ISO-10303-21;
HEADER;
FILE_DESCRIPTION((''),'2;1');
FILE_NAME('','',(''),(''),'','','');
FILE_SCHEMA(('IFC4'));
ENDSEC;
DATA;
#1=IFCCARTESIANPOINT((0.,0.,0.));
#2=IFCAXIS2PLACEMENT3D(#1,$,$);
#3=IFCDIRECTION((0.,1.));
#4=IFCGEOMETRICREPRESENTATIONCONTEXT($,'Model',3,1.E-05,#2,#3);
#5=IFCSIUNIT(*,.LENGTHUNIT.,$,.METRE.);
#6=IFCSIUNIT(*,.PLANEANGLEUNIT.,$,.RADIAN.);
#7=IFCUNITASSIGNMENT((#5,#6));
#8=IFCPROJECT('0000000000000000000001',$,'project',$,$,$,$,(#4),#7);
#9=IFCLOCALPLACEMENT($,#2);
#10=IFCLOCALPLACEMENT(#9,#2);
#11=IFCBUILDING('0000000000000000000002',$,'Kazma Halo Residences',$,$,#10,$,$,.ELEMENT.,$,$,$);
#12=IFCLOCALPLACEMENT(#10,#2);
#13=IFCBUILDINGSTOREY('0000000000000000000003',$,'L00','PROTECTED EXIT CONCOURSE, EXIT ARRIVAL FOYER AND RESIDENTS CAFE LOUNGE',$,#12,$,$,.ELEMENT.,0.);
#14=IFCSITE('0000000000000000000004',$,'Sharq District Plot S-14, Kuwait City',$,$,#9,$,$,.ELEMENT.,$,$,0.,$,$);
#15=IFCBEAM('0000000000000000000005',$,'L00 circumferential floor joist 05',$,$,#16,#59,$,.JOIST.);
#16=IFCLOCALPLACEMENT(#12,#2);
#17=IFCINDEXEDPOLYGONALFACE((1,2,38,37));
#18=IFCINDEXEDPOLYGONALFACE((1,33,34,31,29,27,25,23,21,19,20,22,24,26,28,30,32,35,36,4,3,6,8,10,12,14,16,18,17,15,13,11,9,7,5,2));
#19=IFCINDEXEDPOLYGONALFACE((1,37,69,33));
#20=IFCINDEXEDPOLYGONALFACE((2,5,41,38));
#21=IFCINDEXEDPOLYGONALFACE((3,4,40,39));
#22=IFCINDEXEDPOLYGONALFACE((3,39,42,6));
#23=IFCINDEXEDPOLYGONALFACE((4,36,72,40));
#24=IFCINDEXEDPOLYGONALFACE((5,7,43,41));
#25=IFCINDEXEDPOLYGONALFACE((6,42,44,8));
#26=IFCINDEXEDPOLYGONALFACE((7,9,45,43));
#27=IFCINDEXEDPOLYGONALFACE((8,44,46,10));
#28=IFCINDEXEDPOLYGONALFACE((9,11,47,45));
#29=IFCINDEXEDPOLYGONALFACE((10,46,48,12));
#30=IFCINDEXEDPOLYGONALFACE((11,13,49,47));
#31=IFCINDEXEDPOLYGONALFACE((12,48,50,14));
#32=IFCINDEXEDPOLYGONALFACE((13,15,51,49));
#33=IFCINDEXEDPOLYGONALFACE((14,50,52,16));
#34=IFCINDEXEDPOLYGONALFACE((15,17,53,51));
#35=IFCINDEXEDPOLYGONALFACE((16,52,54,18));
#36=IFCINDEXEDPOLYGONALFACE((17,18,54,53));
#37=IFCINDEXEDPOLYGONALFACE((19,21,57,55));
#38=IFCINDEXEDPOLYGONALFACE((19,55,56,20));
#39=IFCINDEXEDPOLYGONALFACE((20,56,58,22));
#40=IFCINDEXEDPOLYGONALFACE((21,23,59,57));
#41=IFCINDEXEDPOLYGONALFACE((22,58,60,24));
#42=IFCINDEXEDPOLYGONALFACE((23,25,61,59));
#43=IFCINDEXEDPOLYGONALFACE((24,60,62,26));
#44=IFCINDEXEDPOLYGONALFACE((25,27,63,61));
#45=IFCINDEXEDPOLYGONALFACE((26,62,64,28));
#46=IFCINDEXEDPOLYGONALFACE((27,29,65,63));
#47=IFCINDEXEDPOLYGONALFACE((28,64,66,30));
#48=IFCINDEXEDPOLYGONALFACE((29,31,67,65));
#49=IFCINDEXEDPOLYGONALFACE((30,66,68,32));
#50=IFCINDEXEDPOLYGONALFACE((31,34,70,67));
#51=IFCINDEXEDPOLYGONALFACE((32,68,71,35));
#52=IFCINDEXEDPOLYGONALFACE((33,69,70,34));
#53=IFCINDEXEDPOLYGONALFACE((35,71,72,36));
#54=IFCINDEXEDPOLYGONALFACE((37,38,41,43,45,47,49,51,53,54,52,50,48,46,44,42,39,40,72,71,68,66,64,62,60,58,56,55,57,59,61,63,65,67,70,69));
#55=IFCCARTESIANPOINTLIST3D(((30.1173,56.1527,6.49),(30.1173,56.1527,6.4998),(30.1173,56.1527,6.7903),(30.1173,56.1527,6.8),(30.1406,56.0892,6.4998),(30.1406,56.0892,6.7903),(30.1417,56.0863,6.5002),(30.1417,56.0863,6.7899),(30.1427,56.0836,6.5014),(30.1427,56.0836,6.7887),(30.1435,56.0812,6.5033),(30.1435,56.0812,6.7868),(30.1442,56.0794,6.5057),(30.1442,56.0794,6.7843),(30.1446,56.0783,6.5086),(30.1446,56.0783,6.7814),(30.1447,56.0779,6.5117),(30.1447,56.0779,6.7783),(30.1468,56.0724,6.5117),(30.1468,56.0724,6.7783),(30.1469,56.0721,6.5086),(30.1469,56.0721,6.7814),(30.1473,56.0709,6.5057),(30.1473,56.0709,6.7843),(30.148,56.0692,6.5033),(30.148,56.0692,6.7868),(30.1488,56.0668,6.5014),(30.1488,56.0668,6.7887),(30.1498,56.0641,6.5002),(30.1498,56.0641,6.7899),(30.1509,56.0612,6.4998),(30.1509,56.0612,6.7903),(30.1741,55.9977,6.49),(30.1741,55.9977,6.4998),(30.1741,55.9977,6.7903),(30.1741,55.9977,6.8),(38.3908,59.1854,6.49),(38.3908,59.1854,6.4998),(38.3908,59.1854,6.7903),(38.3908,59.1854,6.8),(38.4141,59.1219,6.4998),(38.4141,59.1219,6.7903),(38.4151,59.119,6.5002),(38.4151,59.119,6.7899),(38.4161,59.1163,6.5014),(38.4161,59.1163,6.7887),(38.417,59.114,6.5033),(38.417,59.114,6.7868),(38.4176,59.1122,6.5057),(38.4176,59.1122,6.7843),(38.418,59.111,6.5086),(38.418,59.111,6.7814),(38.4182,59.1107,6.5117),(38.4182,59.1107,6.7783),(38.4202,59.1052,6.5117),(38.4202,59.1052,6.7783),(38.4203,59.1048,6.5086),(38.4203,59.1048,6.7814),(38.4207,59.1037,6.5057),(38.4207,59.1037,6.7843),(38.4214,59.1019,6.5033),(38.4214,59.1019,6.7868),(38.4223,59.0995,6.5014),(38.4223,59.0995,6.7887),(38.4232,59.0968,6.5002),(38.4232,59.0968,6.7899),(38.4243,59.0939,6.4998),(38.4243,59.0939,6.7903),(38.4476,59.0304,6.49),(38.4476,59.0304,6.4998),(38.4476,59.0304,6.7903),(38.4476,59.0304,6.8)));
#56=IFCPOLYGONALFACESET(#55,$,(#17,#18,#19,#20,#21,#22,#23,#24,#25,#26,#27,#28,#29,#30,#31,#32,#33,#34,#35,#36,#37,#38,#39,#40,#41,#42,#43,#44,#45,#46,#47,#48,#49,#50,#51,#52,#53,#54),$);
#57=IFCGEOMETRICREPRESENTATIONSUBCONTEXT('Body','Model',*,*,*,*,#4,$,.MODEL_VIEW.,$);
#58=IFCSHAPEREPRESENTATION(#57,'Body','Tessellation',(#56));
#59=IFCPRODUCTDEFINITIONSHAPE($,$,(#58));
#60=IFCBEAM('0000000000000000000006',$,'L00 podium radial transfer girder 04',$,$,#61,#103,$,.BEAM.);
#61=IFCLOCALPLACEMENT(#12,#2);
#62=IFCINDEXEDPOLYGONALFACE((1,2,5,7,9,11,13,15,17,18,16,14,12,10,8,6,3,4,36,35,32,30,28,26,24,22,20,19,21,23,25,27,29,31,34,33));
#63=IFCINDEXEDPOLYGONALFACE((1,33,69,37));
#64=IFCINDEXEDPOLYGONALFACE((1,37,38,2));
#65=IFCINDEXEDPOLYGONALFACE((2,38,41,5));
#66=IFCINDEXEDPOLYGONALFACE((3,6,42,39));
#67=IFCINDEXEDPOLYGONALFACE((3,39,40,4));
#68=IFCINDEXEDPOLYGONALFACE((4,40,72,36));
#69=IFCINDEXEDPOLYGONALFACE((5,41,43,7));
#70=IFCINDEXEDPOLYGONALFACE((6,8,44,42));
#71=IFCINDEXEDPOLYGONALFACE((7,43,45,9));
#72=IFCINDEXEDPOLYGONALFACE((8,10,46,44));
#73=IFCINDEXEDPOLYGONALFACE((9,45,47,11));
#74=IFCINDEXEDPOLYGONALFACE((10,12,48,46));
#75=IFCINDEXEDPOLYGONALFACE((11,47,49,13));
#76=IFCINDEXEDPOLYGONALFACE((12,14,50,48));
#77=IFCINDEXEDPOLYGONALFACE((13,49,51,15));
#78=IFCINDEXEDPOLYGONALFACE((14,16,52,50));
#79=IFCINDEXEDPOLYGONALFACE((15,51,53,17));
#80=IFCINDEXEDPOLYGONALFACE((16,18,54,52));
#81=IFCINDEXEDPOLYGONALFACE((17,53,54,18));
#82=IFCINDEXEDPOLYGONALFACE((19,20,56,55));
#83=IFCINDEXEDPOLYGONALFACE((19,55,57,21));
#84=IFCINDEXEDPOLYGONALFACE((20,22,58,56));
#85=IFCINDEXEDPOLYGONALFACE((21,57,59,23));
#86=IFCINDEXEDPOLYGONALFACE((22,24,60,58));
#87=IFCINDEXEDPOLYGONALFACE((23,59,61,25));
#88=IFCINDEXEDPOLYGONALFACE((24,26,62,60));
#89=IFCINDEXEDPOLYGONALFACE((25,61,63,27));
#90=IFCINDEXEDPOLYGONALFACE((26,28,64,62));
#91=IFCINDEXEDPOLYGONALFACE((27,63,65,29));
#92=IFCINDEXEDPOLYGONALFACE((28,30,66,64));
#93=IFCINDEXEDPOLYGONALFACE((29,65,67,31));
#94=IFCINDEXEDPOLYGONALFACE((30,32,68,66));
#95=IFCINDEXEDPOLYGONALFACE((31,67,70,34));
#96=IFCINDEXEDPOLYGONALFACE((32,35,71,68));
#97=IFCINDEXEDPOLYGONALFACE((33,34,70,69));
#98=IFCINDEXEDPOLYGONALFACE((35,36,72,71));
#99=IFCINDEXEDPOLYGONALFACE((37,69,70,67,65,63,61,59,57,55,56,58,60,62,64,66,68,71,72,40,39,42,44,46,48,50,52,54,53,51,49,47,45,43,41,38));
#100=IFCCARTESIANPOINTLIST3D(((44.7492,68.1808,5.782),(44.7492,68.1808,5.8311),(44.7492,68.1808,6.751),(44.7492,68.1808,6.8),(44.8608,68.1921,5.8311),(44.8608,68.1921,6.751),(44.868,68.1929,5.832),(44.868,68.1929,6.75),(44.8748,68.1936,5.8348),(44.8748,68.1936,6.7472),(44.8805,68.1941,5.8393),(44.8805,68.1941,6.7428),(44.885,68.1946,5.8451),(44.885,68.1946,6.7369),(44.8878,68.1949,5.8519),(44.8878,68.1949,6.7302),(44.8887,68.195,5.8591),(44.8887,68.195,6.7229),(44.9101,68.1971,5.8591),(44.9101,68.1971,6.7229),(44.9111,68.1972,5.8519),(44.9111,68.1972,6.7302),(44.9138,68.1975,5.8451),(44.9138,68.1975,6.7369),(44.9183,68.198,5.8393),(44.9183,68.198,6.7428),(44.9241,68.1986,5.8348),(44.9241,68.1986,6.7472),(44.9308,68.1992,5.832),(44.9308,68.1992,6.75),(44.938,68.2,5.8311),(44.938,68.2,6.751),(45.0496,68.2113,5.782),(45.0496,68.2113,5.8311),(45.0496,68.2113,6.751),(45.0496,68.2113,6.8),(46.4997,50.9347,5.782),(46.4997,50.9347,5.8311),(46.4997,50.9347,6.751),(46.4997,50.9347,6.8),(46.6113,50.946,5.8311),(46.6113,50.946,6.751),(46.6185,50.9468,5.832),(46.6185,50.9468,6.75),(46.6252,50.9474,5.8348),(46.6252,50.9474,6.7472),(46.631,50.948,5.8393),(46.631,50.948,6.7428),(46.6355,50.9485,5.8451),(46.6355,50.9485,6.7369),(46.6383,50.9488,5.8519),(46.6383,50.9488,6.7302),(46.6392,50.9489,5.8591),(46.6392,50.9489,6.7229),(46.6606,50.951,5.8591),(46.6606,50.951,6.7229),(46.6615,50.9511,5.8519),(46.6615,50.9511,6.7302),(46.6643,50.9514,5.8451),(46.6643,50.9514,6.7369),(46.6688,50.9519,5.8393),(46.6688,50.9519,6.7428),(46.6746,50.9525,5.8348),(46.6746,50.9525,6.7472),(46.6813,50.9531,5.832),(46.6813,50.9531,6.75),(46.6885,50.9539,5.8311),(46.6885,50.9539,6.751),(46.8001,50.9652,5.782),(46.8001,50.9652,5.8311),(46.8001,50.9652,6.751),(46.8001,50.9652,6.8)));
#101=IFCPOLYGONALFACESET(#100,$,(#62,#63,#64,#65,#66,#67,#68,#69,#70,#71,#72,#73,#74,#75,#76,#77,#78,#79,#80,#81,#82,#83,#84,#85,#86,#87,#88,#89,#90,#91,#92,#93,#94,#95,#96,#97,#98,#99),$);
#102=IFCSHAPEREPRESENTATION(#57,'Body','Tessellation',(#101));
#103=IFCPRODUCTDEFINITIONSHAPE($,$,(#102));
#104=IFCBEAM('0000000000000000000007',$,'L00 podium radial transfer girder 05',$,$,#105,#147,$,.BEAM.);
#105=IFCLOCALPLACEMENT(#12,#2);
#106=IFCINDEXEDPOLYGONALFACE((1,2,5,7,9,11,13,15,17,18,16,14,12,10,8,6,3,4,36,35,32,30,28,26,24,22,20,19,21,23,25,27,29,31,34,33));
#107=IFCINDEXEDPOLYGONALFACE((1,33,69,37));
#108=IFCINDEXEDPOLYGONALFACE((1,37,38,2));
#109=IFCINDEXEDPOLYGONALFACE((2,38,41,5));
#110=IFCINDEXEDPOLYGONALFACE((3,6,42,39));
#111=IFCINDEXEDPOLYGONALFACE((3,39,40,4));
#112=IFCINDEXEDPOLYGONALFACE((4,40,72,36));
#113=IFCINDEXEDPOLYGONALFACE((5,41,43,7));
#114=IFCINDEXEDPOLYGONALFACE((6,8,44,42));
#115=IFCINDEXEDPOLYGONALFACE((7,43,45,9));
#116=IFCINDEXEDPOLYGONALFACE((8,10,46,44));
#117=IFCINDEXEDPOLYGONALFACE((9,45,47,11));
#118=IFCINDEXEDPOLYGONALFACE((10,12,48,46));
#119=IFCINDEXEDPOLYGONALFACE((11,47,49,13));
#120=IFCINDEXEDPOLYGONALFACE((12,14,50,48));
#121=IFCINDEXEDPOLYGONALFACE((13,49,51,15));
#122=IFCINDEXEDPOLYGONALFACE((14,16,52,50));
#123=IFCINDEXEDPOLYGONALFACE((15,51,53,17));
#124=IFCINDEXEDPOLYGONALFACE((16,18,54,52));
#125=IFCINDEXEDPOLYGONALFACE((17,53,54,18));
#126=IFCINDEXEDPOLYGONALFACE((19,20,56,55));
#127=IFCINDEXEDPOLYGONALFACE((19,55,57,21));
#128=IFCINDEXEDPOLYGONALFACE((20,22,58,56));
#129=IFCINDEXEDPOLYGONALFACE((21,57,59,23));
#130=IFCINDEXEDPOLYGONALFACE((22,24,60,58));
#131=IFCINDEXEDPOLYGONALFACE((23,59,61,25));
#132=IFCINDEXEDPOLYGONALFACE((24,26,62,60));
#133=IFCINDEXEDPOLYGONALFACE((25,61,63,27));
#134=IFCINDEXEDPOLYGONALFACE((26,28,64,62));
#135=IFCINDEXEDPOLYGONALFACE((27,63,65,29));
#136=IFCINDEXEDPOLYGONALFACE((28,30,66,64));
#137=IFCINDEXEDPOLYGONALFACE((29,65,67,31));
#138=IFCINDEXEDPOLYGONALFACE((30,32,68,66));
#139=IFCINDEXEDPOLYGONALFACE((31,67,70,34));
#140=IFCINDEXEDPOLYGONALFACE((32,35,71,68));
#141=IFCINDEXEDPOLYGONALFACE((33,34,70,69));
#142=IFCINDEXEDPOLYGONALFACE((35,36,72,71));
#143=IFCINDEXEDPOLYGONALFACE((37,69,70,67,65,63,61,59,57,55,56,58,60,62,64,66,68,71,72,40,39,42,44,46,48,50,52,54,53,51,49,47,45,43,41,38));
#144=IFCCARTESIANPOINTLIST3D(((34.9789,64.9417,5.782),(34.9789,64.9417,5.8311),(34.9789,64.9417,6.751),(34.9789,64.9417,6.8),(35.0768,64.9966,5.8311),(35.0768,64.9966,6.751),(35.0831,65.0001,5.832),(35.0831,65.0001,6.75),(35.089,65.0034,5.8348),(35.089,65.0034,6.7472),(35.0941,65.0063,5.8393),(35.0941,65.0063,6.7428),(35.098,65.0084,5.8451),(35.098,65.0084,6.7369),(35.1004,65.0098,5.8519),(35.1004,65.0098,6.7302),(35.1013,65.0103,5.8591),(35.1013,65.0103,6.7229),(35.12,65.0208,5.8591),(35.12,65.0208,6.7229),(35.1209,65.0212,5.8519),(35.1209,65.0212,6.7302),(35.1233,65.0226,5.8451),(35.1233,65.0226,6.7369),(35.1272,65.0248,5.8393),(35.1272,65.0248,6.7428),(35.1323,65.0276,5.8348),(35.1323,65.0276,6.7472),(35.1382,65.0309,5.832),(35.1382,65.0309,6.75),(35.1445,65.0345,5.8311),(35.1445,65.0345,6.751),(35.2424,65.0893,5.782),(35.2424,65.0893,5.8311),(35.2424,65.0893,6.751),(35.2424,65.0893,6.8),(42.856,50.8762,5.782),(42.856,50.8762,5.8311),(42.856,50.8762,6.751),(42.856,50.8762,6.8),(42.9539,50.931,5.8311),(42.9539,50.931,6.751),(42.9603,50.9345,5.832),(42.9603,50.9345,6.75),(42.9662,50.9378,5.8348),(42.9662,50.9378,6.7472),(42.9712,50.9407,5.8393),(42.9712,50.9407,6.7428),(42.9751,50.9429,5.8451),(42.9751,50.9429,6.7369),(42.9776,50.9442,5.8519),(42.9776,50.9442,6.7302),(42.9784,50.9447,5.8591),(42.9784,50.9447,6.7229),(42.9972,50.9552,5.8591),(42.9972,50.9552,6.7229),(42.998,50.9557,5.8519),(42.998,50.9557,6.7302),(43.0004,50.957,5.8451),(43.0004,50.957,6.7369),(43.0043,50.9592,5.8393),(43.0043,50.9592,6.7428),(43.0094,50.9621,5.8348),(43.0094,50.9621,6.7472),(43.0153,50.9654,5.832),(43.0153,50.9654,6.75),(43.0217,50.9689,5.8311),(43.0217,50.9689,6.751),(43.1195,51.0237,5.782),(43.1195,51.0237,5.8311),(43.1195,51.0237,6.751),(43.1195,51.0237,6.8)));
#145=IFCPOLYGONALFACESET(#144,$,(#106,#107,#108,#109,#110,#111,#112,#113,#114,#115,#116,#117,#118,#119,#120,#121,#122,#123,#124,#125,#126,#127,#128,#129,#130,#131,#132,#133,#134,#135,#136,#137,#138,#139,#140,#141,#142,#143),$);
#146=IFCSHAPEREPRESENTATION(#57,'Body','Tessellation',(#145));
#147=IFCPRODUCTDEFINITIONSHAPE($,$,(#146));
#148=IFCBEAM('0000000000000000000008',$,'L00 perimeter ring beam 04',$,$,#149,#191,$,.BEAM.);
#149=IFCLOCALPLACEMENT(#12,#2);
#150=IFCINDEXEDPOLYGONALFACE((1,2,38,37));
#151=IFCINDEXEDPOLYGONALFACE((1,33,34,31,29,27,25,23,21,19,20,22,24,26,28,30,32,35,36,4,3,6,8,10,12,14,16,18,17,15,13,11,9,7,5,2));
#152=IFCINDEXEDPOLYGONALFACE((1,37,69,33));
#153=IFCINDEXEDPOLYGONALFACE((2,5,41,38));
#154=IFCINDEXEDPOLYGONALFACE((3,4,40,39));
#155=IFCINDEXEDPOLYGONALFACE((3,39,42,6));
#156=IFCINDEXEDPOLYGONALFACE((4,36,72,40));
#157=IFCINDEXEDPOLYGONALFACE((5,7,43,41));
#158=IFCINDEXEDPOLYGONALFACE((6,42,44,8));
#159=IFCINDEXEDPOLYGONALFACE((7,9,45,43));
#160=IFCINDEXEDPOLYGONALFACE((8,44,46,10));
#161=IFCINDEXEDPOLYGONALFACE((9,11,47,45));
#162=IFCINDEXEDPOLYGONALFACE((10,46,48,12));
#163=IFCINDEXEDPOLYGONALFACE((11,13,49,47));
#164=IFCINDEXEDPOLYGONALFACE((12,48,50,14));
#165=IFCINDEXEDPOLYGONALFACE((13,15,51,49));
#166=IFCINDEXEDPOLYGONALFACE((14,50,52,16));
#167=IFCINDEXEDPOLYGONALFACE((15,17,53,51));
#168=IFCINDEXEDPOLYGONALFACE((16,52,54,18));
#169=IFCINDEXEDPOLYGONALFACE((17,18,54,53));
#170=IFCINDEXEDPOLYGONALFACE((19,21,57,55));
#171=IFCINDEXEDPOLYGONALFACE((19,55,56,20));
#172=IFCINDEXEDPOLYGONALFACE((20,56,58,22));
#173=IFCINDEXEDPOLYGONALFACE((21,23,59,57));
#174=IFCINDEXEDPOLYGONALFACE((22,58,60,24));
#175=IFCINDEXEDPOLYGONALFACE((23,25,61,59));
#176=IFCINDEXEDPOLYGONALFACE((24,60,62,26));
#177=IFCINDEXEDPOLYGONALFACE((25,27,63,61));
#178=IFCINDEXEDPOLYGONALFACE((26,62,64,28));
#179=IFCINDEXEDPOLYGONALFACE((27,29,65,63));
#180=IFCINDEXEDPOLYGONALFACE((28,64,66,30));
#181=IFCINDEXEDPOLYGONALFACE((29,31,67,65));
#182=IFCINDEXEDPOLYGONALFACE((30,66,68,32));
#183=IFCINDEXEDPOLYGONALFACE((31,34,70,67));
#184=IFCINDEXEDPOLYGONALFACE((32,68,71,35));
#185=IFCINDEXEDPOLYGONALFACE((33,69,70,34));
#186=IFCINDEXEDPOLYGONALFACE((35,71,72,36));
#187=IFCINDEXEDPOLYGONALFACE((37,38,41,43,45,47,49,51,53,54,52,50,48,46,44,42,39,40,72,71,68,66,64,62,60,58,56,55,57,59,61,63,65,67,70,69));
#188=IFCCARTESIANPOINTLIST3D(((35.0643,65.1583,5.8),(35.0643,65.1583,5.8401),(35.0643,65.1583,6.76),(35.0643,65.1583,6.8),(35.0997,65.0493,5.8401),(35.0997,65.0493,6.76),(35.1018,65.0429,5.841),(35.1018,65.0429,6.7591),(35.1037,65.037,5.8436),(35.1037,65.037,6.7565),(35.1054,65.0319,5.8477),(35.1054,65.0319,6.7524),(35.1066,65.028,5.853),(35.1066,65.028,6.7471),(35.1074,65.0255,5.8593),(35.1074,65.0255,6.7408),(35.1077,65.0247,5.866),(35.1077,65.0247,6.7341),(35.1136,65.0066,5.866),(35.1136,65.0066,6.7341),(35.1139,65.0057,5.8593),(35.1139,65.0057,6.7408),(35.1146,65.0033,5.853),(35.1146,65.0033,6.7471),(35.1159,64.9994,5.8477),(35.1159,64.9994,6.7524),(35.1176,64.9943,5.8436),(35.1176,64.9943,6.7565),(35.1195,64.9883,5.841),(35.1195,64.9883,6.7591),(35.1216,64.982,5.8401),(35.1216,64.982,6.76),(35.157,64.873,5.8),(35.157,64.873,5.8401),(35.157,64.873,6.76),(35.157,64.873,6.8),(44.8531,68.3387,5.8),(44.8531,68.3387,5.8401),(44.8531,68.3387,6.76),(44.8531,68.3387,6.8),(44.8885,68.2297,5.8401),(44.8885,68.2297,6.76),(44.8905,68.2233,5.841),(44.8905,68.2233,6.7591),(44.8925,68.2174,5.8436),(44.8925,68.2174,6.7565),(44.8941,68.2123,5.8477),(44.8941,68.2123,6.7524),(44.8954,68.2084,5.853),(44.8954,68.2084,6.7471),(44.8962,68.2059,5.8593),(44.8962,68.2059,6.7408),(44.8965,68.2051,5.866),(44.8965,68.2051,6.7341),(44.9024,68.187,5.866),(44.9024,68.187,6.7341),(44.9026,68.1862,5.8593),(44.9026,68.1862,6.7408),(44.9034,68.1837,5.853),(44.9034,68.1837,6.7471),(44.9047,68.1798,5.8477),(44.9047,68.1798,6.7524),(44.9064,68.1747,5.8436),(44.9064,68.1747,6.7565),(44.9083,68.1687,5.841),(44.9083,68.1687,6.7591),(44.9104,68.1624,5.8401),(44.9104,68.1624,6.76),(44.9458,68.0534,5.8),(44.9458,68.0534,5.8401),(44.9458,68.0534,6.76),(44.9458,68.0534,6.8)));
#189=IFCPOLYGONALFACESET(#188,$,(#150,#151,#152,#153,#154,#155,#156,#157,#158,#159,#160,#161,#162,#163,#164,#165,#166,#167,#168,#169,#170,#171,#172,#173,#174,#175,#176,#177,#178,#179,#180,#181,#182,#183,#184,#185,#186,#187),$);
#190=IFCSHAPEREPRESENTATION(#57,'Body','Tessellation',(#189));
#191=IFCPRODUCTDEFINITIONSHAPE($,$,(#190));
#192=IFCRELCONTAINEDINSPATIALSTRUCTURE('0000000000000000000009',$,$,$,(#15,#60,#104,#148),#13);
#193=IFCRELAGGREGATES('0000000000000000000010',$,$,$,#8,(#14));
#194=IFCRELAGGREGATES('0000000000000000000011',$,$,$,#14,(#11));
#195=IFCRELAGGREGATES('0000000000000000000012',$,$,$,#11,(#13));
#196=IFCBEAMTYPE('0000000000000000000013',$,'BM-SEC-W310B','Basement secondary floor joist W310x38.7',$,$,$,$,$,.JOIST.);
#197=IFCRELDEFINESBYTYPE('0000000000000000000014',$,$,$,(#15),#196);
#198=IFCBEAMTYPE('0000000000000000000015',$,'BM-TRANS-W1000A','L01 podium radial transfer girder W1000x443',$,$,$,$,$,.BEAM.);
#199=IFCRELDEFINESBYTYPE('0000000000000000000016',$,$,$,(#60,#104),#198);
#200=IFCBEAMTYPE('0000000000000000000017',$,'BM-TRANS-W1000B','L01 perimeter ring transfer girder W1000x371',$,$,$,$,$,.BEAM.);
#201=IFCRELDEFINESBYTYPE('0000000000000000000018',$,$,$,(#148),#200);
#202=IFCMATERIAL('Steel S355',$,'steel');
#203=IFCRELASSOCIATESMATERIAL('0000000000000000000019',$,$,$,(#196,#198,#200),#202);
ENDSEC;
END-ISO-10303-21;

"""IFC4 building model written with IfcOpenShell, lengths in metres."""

from ifc_helpers import new_model, si_unit, direction, frame, origin, origin_2d, place, context, subcontext, project, spatial, i_section, extrude, material, material_profile, profile_set, type_object, element, save


model = new_model("IFC4")

# Units and contexts
model_context = context("Model", 3, precision=1e-05, world=origin(), true_north=direction((0.0, 1.0)))
body_context = subcontext(model_context, "Body", "Model", "MODEL_VIEW")
ifc_project = project(units=[si_unit("LENGTHUNIT", "METRE"), si_unit("PLANEANGLEUNIT", "RADIAN")], contexts=[model_context])

# Site, building, storey
site_placement = place(None, origin())
site = spatial("IfcSite", under=ifc_project, at=site_placement, Name="Sharq District Plot S-14, Kuwait City", CompositionType="ELEMENT", RefElevation=0.0)
building_placement = place(site_placement, origin())
building = spatial("IfcBuilding", under=site, at=building_placement, Name="Kazma Halo Residences", CompositionType="ELEMENT")
storey_placement = place(building_placement, origin())
storey = spatial("IfcBuildingStorey", under=building, at=storey_placement, Name="L00", Description="PROTECTED EXIT CONCOURSE, EXIT ARRIVAL FOYER AND RESIDENTS CAFE LOUNGE", CompositionType="ELEMENT", Elevation=0.0)

# Beams
ifc_material_1 = material(Name="Steel S355", Category="steel")
ifc_material_profile_1 = material_profile(ifc_material_1, i_section(OverallWidth=0.165, OverallDepth=0.3101, WebThickness=0.0059, FlangeThickness=0.0098, FilletRadius=0.012, at=origin_2d()), Name="W310x38.7")
ifc_profile_set_1 = profile_set([ifc_material_profile_1], Name="Steel S355")
beam_type_1 = type_object("IfcBeamType", Name="BM-SEC-W310B", Description="Basement secondary floor joist W310x38.7", PredefinedType="JOIST", material=ifc_profile_set_1)
beam_1_placement = place(storey_placement, frame((38.4192, 59.1079, 6.645), z_axis=(-0.938909, -0.344167, 0.0), x_axis=(0.344167, -0.938909, 0.0)))
element("IfcBeam", 1, at=beam_1_placement, inside=storey, type_object=beam_type_1, Name="L00 circumferential floor joist 05", PredefinedType="JOIST", context=body_context, shape_type="SweptSolid", body=[
    extrude(i_section(OverallWidth=0.165, OverallDepth=0.3101, WebThickness=0.0059, FlangeThickness=0.0098, FilletRadius=0.012, at=origin_2d()), origin(), (0.0, 0.0, 1.0), 8.8118),
])
ifc_material_profile_2 = material_profile(ifc_material_1, i_section(OverallWidth=0.302, OverallDepth=1.0181, WebThickness=0.0215, FlangeThickness=0.0491, FilletRadius=0.0281, at=origin_2d()), Name="W1000x443")
ifc_profile_set_2 = profile_set([ifc_material_profile_2], Name="Steel S355")
beam_type_2 = type_object("IfcBeamType", Name="BM-TRANS-W1000A", Description="L01 podium radial transfer girder W1000x443", PredefinedType="BEAM", material=ifc_profile_set_2)
beam_2_placement = place(storey_placement, frame((46.6499, 50.95, 6.291), z_axis=(-0.100982, 0.994888, 0.0), x_axis=(-0.994888, -0.100982, 0.0)))
element("IfcBeam", 2, at=beam_2_placement, inside=storey, type_object=beam_type_2, Name="L00 podium radial transfer girder 04", PredefinedType="BEAM", context=body_context, shape_type="SweptSolid", body=[
    extrude(i_section(OverallWidth=0.302, OverallDepth=1.0181, WebThickness=0.0215, FlangeThickness=0.0491, FilletRadius=0.0281, at=origin_2d()), origin(), (0.0, 0.0, 1.0), 17.3347),
])
beam_3_placement = place(storey_placement, frame((42.9878, 50.95, 6.291), z_axis=(-0.488623, 0.872495, 0.0), x_axis=(-0.872495, -0.488623, 0.0)))
element("IfcBeam", 3, at=beam_3_placement, inside=storey, type_object=beam_type_2, Name="L00 podium radial transfer girder 05", PredefinedType="BEAM", context=body_context, shape_type="SweptSolid", body=[
    extrude(i_section(OverallWidth=0.302, OverallDepth=1.0181, WebThickness=0.0215, FlangeThickness=0.0491, FilletRadius=0.0281, at=origin_2d()), origin(), (0.0, 0.0, 1.0), 16.1211),
])
ifc_material_profile_3 = material_profile(ifc_material_1, i_section(OverallWidth=0.3, OverallDepth=1.0, WebThickness=0.019, FlangeThickness=0.04, FilletRadius=0.0259, at=origin_2d()), Name="W1000x371")
ifc_profile_set_3 = profile_set([ifc_material_profile_3], Name="Steel S355")
beam_type_3 = type_object("IfcBeamType", Name="BM-TRANS-W1000B", Description="L01 perimeter ring transfer girder W1000x371", PredefinedType="BEAM", material=ifc_profile_set_3)
beam_4_placement = place(storey_placement, frame((44.8994, 68.196, 6.3), z_axis=(-0.951061, -0.309003, 0.0), x_axis=(0.309003, -0.951061, 0.0)))
element("IfcBeam", 4, at=beam_4_placement, inside=storey, type_object=beam_type_3, Name="L00 perimeter ring beam 04", PredefinedType="BEAM", context=body_context, shape_type="SweptSolid", body=[
    extrude(i_section(OverallWidth=0.3, OverallDepth=1.0, WebThickness=0.019, FlangeThickness=0.04, FilletRadius=0.0259, at=origin_2d()), origin(), (0.0, 0.0, 1.0), 10.2925),
])

save(model, "model.ifc")
